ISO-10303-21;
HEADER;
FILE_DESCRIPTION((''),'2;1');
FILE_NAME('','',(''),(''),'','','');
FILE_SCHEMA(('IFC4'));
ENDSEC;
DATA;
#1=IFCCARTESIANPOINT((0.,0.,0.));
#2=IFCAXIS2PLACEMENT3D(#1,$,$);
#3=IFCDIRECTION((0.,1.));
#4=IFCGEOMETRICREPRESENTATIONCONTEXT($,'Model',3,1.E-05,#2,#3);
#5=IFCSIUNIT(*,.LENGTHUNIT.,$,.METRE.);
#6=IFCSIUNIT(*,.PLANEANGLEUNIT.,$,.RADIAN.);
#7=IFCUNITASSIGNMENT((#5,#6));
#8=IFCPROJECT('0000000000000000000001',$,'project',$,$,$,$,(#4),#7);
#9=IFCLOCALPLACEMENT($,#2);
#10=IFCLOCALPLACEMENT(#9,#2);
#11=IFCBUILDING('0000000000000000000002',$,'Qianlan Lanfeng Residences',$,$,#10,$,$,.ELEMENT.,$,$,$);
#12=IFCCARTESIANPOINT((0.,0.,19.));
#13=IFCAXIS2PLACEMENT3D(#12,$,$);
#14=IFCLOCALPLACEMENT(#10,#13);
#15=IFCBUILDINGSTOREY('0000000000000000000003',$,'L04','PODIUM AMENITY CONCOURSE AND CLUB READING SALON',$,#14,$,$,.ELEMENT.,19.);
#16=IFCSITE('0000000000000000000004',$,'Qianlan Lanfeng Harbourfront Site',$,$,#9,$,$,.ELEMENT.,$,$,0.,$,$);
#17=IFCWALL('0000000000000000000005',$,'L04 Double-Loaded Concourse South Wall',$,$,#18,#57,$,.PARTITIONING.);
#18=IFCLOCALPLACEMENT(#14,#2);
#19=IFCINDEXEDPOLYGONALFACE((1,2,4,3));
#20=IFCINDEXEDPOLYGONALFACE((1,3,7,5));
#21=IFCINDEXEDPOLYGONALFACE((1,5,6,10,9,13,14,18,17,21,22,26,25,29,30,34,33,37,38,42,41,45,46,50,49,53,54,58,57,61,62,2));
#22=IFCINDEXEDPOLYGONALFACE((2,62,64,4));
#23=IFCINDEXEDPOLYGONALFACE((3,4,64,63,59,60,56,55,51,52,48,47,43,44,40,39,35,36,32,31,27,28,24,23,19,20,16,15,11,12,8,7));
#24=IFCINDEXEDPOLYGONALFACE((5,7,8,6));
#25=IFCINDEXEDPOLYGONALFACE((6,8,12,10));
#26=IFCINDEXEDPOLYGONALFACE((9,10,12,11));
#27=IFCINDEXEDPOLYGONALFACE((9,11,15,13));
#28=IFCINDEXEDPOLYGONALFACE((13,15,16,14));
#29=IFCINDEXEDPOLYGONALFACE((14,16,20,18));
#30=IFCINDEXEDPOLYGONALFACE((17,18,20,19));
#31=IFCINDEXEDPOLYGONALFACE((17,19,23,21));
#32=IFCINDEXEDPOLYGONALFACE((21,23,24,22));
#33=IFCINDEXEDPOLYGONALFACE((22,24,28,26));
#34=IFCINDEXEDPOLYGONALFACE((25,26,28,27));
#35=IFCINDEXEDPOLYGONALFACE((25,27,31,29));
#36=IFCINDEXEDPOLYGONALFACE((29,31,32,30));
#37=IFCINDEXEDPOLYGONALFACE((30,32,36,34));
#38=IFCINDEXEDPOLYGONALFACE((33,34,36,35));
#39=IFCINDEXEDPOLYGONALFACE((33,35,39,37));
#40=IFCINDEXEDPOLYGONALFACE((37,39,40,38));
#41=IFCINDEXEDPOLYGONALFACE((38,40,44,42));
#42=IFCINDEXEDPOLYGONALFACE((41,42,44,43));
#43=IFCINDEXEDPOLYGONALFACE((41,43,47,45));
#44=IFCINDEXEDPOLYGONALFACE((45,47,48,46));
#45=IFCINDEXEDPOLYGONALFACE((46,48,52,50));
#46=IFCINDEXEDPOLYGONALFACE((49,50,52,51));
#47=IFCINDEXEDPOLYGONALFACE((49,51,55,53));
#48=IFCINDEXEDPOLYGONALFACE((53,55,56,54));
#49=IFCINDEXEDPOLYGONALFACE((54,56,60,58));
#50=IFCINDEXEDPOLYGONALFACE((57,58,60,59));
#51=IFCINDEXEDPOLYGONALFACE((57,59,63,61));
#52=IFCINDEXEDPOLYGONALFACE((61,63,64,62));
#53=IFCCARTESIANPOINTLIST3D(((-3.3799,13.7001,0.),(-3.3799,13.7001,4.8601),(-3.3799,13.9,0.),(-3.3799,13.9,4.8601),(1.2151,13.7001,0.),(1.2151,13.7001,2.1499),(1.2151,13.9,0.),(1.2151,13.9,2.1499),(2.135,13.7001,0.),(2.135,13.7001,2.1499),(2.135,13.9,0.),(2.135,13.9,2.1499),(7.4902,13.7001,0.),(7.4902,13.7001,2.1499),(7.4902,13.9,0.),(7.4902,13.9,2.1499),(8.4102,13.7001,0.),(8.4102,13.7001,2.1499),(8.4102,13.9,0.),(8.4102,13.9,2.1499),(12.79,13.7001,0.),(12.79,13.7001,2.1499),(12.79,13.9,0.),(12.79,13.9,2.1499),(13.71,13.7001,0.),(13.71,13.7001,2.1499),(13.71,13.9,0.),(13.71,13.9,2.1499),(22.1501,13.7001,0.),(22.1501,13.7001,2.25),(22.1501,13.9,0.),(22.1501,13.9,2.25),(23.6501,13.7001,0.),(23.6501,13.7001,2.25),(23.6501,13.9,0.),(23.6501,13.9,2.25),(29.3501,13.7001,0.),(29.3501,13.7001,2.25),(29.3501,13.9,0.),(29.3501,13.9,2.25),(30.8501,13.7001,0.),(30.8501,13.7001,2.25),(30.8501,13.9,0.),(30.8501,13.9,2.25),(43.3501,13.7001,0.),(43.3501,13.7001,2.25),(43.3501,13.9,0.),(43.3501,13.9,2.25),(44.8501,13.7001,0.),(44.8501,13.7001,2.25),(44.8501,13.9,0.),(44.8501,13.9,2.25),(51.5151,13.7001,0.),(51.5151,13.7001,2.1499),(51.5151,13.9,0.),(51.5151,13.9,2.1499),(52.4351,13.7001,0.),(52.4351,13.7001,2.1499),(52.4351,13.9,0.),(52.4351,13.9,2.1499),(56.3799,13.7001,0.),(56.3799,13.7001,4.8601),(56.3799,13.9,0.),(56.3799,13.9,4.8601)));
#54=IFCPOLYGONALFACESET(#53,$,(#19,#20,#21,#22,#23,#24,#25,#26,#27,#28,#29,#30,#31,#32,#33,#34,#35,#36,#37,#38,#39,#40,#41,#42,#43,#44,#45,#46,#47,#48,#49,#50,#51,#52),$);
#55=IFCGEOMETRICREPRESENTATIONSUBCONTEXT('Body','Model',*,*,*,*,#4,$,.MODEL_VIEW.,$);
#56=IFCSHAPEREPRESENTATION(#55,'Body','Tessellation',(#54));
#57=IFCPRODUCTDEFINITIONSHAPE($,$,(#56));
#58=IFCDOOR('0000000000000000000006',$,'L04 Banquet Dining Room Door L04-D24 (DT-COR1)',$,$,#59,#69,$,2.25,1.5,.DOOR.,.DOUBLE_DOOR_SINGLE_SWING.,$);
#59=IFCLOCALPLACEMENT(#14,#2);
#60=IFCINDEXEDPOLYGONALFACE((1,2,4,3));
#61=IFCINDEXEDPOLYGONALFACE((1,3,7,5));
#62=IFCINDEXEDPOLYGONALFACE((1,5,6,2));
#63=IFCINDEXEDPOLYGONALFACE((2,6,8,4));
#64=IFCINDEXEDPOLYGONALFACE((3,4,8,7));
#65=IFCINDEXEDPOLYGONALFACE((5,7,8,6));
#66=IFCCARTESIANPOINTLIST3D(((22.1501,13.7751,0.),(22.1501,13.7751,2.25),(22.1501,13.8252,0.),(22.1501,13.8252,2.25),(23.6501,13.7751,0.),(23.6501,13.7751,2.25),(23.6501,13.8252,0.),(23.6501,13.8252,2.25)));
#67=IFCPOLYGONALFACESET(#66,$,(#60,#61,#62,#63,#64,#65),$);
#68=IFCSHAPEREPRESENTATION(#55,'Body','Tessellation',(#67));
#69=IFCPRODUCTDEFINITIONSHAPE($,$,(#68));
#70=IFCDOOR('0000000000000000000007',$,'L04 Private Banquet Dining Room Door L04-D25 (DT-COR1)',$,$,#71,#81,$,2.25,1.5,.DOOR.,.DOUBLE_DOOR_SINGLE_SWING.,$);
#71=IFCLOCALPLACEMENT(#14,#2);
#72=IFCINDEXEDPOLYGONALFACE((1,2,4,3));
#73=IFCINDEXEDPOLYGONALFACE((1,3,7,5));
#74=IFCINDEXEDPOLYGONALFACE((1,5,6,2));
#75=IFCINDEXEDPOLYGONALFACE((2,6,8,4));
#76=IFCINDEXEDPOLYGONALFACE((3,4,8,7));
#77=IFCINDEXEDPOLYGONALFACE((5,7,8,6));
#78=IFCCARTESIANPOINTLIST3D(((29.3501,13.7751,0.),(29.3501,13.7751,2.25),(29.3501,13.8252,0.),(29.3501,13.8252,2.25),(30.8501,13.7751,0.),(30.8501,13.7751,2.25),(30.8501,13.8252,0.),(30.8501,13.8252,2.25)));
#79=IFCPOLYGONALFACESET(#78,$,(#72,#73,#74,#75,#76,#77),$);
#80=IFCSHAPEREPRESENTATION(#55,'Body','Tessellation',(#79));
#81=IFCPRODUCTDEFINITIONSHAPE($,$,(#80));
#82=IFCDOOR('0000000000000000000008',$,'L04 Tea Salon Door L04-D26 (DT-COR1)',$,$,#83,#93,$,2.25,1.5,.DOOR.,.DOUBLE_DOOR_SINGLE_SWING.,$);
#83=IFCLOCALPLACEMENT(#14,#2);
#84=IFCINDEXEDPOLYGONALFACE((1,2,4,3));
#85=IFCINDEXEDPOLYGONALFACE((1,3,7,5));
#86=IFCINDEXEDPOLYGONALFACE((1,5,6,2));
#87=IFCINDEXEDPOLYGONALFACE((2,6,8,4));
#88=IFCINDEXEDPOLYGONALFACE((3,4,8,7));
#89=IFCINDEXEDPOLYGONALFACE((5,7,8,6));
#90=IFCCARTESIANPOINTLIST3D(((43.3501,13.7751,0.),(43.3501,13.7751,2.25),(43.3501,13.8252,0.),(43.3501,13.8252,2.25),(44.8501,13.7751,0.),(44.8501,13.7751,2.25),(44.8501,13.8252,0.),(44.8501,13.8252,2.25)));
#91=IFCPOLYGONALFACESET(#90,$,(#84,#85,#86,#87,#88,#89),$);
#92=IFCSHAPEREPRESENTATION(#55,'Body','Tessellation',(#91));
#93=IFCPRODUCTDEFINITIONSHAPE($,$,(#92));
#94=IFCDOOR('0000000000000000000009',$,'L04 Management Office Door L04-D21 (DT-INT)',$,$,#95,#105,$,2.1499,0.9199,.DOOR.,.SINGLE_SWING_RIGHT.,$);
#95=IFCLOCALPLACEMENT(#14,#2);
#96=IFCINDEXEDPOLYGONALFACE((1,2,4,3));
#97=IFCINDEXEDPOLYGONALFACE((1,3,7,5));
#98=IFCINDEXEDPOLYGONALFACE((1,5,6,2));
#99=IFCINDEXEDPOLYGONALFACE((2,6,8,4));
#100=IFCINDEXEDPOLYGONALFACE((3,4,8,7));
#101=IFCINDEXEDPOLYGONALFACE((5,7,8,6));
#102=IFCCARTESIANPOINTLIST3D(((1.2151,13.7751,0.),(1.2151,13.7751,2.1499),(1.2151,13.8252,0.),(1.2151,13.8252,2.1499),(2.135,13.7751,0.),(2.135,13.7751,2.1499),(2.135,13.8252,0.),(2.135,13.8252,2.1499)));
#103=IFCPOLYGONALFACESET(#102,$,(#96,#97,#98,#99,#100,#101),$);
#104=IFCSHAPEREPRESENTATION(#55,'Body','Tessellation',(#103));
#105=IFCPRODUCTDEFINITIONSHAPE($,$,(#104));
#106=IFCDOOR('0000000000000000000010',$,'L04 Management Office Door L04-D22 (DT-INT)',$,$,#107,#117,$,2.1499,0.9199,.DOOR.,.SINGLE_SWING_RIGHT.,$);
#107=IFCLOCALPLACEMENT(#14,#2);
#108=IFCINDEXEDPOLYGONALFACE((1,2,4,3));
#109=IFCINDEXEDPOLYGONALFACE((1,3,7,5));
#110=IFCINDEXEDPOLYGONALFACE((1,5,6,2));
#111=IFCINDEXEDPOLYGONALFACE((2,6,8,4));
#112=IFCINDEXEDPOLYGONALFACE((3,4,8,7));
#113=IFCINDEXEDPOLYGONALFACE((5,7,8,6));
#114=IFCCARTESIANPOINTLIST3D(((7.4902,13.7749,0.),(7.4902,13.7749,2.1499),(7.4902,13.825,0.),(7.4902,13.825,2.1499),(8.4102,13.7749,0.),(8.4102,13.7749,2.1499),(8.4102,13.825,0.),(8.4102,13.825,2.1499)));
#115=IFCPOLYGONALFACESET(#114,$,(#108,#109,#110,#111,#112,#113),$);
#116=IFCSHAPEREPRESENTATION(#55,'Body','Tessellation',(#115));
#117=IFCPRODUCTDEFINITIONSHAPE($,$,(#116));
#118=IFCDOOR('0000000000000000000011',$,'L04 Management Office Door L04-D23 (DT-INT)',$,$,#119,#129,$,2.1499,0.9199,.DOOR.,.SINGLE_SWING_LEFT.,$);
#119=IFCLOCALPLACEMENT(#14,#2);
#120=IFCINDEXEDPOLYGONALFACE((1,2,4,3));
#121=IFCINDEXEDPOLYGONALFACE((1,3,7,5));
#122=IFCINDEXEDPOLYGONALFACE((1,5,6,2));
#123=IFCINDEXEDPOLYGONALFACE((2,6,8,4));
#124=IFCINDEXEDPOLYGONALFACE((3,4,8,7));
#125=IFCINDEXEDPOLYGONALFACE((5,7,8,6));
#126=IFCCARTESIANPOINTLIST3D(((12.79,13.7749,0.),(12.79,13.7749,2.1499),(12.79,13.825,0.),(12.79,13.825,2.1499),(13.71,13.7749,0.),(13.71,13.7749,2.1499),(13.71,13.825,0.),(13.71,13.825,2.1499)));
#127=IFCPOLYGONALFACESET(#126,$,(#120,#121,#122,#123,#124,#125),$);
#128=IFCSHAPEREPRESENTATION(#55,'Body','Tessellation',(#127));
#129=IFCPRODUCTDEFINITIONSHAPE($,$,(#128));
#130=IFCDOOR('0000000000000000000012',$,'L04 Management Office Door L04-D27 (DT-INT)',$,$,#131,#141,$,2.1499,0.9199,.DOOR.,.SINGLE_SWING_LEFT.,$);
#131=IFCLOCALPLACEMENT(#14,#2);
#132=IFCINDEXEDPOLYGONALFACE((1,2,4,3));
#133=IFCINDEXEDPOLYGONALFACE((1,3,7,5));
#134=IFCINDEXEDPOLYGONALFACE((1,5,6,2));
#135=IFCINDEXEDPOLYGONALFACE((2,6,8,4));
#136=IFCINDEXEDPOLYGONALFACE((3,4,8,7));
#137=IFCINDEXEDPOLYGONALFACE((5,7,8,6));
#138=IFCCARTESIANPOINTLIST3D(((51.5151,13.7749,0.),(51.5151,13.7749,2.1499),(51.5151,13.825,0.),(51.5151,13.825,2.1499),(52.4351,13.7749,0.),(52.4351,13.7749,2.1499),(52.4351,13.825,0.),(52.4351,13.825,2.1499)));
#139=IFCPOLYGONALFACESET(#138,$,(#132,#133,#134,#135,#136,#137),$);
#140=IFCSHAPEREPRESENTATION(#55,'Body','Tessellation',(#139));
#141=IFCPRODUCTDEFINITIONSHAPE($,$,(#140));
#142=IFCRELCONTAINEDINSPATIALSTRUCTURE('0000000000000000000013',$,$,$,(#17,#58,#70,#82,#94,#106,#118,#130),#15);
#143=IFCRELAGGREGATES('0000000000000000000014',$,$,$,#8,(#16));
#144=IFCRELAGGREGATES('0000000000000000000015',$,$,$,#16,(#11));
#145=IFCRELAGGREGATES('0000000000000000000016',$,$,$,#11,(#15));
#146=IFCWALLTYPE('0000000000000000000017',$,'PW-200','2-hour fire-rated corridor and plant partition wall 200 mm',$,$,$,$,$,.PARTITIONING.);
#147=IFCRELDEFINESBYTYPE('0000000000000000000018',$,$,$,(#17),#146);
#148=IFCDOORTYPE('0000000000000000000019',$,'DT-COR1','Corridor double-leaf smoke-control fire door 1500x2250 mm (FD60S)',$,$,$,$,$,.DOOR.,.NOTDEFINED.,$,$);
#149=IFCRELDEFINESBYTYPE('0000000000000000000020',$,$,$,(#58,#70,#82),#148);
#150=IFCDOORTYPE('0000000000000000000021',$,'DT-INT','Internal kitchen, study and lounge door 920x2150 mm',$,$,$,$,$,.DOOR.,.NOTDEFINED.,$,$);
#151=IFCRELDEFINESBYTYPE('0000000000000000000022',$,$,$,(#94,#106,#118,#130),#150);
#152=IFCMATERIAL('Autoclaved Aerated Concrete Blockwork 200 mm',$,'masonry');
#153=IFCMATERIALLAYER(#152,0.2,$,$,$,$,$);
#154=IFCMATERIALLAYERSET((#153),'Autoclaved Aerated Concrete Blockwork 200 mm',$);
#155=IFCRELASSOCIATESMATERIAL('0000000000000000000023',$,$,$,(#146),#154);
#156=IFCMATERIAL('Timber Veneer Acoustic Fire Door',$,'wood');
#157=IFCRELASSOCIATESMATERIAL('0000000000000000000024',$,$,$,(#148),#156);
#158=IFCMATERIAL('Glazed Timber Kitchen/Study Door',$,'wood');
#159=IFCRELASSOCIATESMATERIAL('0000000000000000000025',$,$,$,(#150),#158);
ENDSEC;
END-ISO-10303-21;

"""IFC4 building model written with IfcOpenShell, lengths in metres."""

from ifc_helpers import new_model, si_unit, direction, frame, frame_2d, origin, place, context, subcontext, project, spatial, rectangle, extrude, material, layer, layer_set, type_object, element, fill, save


model = new_model("IFC4")

# Units and contexts
model_context = context("Model", 3, precision=1e-05, world=origin(), true_north=direction((0.0, 1.0)))
body_context = subcontext(model_context, "Body", "Model", "MODEL_VIEW")
ifc_project = project(units=[si_unit("LENGTHUNIT", "METRE"), si_unit("PLANEANGLEUNIT", "RADIAN")], contexts=[model_context])

# Site, building, storey
site_placement = place(None, origin())
site = spatial("IfcSite", under=ifc_project, at=site_placement, Name="Qianlan Lanfeng Harbourfront Site", CompositionType="ELEMENT", RefElevation=0.0)
building_placement = place(site_placement, origin())
building = spatial("IfcBuilding", under=site, at=building_placement, Name="Qianlan Lanfeng Residences", CompositionType="ELEMENT")
storey_placement = place(building_placement, frame((0.0, 0.0, 19.0)))
storey = spatial("IfcBuildingStorey", under=building, at=storey_placement, Name="L04", Description="PODIUM AMENITY CONCOURSE AND CLUB READING SALON", CompositionType="ELEMENT", Elevation=19.0)

# Wall, openings, doors
ifc_material_1 = material(Name="Autoclaved Aerated Concrete Blockwork 200 mm", Category="masonry")
ifc_layer_1 = layer(ifc_material_1, 0.2)
ifc_layer_set_1 = layer_set([ifc_layer_1], Name="Autoclaved Aerated Concrete Blockwork 200 mm")
wall_type = type_object("IfcWallType", Name="PW-200", Description="2-hour fire-rated corridor and plant partition wall 200 mm", PredefinedType="PARTITIONING", material=ifc_layer_set_1)
wall_placement = place(storey_placement, frame((-3.3799, 13.8, 0.0), z_axis=(0.0, 0.0, 1.0), x_axis=(1.0, 0.0, 0.0)))
wall = element("IfcWall", 1, at=wall_placement, inside=storey, type_object=wall_type, Name="L04 Double-Loaded Concourse South Wall", PredefinedType="PARTITIONING", context=body_context, shape_type="SweptSolid", body=[
    extrude(rectangle(XDim=59.7598, YDim=0.2, at=frame_2d((29.8799, 0.0))), origin(), (0.0, 0.0, 1.0), 4.8601),
])
opening_1_placement = place(wall_placement, frame((4.595, 0.0, 0.0)))
opening_1 = element("IfcOpeningElement", 2, at=opening_1_placement, cuts=wall, PredefinedType="OPENING", context=body_context, shape_type="SweptSolid", body=[
    extrude(rectangle(XDim=0.9199, YDim=2.1499, at=frame_2d((0.46, 1.075))), frame((0.0, 0.1099, 0.0), z_axis=(0.0, -1.0, 0.0), x_axis=(1.0, 0.0, 0.0)), (0.0, 0.0, 1.0), 0.22),
])
opening_2_placement = place(wall_placement, frame((10.8701, 0.0, 0.0)))
opening_2 = element("IfcOpeningElement", 3, at=opening_2_placement, cuts=wall, PredefinedType="OPENING", context=body_context, shape_type="SweptSolid", body=[
    extrude(rectangle(XDim=0.9199, YDim=2.1499, at=frame_2d((0.46, 1.075))), frame((0.0, 0.1099, 0.0), z_axis=(0.0, -1.0, 0.0), x_axis=(1.0, 0.0, 0.0)), (0.0, 0.0, 1.0), 0.22),
])
opening_3_placement = place(wall_placement, frame((16.1699, 0.0, 0.0)))
opening_3 = element("IfcOpeningElement", 4, at=opening_3_placement, cuts=wall, PredefinedType="OPENING", context=body_context, shape_type="SweptSolid", body=[
    extrude(rectangle(XDim=0.9199, YDim=2.1499, at=frame_2d((0.46, 1.075))), frame((0.0, 0.1099, 0.0), z_axis=(0.0, -1.0, 0.0), x_axis=(1.0, 0.0, 0.0)), (0.0, 0.0, 1.0), 0.22),
])
opening_4_placement = place(wall_placement, frame((25.53, 0.0, 0.0)))
opening_4 = element("IfcOpeningElement", 5, at=opening_4_placement, cuts=wall, PredefinedType="OPENING", context=body_context, shape_type="SweptSolid", body=[
    extrude(rectangle(XDim=1.5, YDim=2.25, at=frame_2d((0.75, 1.125))), frame((0.0, 0.1099, 0.0), z_axis=(0.0, -1.0, 0.0), x_axis=(1.0, 0.0, 0.0)), (0.0, 0.0, 1.0), 0.22),
])
opening_5_placement = place(wall_placement, frame((32.73, 0.0, 0.0)))
opening_5 = element("IfcOpeningElement", 6, at=opening_5_placement, cuts=wall, PredefinedType="OPENING", context=body_context, shape_type="SweptSolid", body=[
    extrude(rectangle(XDim=1.5, YDim=2.25, at=frame_2d((0.75, 1.125))), frame((0.0, 0.1099, 0.0), z_axis=(0.0, -1.0, 0.0), x_axis=(1.0, 0.0, 0.0)), (0.0, 0.0, 1.0), 0.22),
])
opening_6_placement = place(wall_placement, frame((46.73, 0.0, 0.0)))
opening_6 = element("IfcOpeningElement", 7, at=opening_6_placement, cuts=wall, PredefinedType="OPENING", context=body_context, shape_type="SweptSolid", body=[
    extrude(rectangle(XDim=1.5, YDim=2.25, at=frame_2d((0.75, 1.125))), frame((0.0, 0.1099, 0.0), z_axis=(0.0, -1.0, 0.0), x_axis=(1.0, 0.0, 0.0)), (0.0, 0.0, 1.0), 0.22),
])
opening_7_placement = place(wall_placement, frame((54.895, 0.0, 0.0)))
opening_7 = element("IfcOpeningElement", 8, at=opening_7_placement, cuts=wall, PredefinedType="OPENING", context=body_context, shape_type="SweptSolid", body=[
    extrude(rectangle(XDim=0.9199, YDim=2.1499, at=frame_2d((0.46, 1.075))), frame((0.0, 0.1099, 0.0), z_axis=(0.0, -1.0, 0.0), x_axis=(1.0, 0.0, 0.0)), (0.0, 0.0, 1.0), 0.22),
])
ifc_material_2 = material(Name="Timber Veneer Acoustic Fire Door", Category="wood")
door_type_1 = type_object("IfcDoorType", Name="DT-COR1", Description="Corridor double-leaf smoke-control fire door 1500x2250 mm (FD60S)", OperationType="NOTDEFINED", PredefinedType="DOOR", material=ifc_material_2)
door_1_placement = place(opening_4_placement, frame((1.5, 0.0, 0.0), z_axis=(0.0, 0.0, 1.0), x_axis=(-1.0, 0.0, 0.0)))
door_1 = element("IfcDoor", 9, at=door_1_placement, inside=storey, type_object=door_type_1, Name="L04 Banquet Dining Room Door L04-D24 (DT-COR1)", OperationType="DOUBLE_DOOR_SINGLE_SWING", OverallHeight=2.25, OverallWidth=1.5, PredefinedType="DOOR", context=body_context, shape_type="SweptSolid", body=[
    extrude(rectangle(XDim=1.5, YDim=2.25, at=frame_2d((0.75, 1.125))), frame((0.0, 0.0249, 0.0), z_axis=(0.0, -1.0, 0.0), x_axis=(1.0, 0.0, 0.0)), (0.0, 0.0, 1.0), 0.05),
])
fill(opening_4, door_1)
door_2_placement = place(opening_5_placement, frame((1.5, 0.0, 0.0), z_axis=(0.0, 0.0, 1.0), x_axis=(-1.0, 0.0, 0.0)))
door_2 = element("IfcDoor", 10, at=door_2_placement, inside=storey, type_object=door_type_1, Name="L04 Private Banquet Dining Room Door L04-D25 (DT-COR1)", OperationType="DOUBLE_DOOR_SINGLE_SWING", OverallHeight=2.25, OverallWidth=1.5, PredefinedType="DOOR", context=body_context, shape_type="SweptSolid", body=[
    extrude(rectangle(XDim=1.5, YDim=2.25, at=frame_2d((0.75, 1.125))), frame((0.0, 0.0249, 0.0), z_axis=(0.0, -1.0, 0.0), x_axis=(1.0, 0.0, 0.0)), (0.0, 0.0, 1.0), 0.05),
])
fill(opening_5, door_2)
door_3_placement = place(opening_6_placement, frame((1.5, 0.0, 0.0), z_axis=(0.0, 0.0, 1.0), x_axis=(-1.0, 0.0, 0.0)))
door_3 = element("IfcDoor", 11, at=door_3_placement, inside=storey, type_object=door_type_1, Name="L04 Tea Salon Door L04-D26 (DT-COR1)", OperationType="DOUBLE_DOOR_SINGLE_SWING", OverallHeight=2.25, OverallWidth=1.5, PredefinedType="DOOR", context=body_context, shape_type="SweptSolid", body=[
    extrude(rectangle(XDim=1.5, YDim=2.25, at=frame_2d((0.75, 1.125))), frame((0.0, 0.0249, 0.0), z_axis=(0.0, -1.0, 0.0), x_axis=(1.0, 0.0, 0.0)), (0.0, 0.0, 1.0), 0.05),
])
fill(opening_6, door_3)
ifc_material_3 = material(Name="Glazed Timber Kitchen/Study Door", Category="wood")
door_type_2 = type_object("IfcDoorType", Name="DT-INT", Description="Internal kitchen, study and lounge door 920x2150 mm", OperationType="NOTDEFINED", PredefinedType="DOOR", material=ifc_material_3)
door_4_placement = place(opening_1_placement, frame((0.9199, 0.0, 0.0), z_axis=(0.0, 0.0, 1.0), x_axis=(-1.0, 0.0, 0.0)))
door_4 = element("IfcDoor", 12, at=door_4_placement, inside=storey, type_object=door_type_2, Name="L04 Management Office Door L04-D21 (DT-INT)", OperationType="SINGLE_SWING_RIGHT", OverallHeight=2.1499, OverallWidth=0.9199, PredefinedType="DOOR", context=body_context, shape_type="SweptSolid", body=[
    extrude(rectangle(XDim=0.9199, YDim=2.1499, at=frame_2d((0.46, 1.075))), frame((0.0, 0.0249, 0.0), z_axis=(0.0, -1.0, 0.0), x_axis=(1.0, 0.0, 0.0)), (0.0, 0.0, 1.0), 0.05),
])
fill(opening_1, door_4)
door_5_placement = place(opening_2_placement, origin())
door_5 = element("IfcDoor", 13, at=door_5_placement, inside=storey, type_object=door_type_2, Name="L04 Management Office Door L04-D22 (DT-INT)", OperationType="SINGLE_SWING_RIGHT", OverallHeight=2.1499, OverallWidth=0.9199, PredefinedType="DOOR", context=body_context, shape_type="SweptSolid", body=[
    extrude(rectangle(XDim=0.9199, YDim=2.1499, at=frame_2d((0.46, 1.075))), frame((0.0, 0.0249, 0.0), z_axis=(0.0, -1.0, 0.0), x_axis=(1.0, 0.0, 0.0)), (0.0, 0.0, 1.0), 0.05),
])
fill(opening_2, door_5)
door_6_placement = place(opening_3_placement, origin())
door_6 = element("IfcDoor", 14, at=door_6_placement, inside=storey, type_object=door_type_2, Name="L04 Management Office Door L04-D23 (DT-INT)", OperationType="SINGLE_SWING_LEFT", OverallHeight=2.1499, OverallWidth=0.9199, PredefinedType="DOOR", context=body_context, shape_type="SweptSolid", body=[
    extrude(rectangle(XDim=0.9199, YDim=2.1499, at=frame_2d((0.46, 1.075))), frame((0.0, 0.0249, 0.0), z_axis=(0.0, -1.0, 0.0), x_axis=(1.0, 0.0, 0.0)), (0.0, 0.0, 1.0), 0.05),
])
fill(opening_3, door_6)
door_7_placement = place(opening_7_placement, origin())
door_7 = element("IfcDoor", 15, at=door_7_placement, inside=storey, type_object=door_type_2, Name="L04 Management Office Door L04-D27 (DT-INT)", OperationType="SINGLE_SWING_LEFT", OverallHeight=2.1499, OverallWidth=0.9199, PredefinedType="DOOR", context=body_context, shape_type="SweptSolid", body=[
    extrude(rectangle(XDim=0.9199, YDim=2.1499, at=frame_2d((0.46, 1.075))), frame((0.0, 0.0249, 0.0), z_axis=(0.0, -1.0, 0.0), x_axis=(1.0, 0.0, 0.0)), (0.0, 0.0, 1.0), 0.05),
])
fill(opening_7, door_7)

save(model, "model.ifc")
